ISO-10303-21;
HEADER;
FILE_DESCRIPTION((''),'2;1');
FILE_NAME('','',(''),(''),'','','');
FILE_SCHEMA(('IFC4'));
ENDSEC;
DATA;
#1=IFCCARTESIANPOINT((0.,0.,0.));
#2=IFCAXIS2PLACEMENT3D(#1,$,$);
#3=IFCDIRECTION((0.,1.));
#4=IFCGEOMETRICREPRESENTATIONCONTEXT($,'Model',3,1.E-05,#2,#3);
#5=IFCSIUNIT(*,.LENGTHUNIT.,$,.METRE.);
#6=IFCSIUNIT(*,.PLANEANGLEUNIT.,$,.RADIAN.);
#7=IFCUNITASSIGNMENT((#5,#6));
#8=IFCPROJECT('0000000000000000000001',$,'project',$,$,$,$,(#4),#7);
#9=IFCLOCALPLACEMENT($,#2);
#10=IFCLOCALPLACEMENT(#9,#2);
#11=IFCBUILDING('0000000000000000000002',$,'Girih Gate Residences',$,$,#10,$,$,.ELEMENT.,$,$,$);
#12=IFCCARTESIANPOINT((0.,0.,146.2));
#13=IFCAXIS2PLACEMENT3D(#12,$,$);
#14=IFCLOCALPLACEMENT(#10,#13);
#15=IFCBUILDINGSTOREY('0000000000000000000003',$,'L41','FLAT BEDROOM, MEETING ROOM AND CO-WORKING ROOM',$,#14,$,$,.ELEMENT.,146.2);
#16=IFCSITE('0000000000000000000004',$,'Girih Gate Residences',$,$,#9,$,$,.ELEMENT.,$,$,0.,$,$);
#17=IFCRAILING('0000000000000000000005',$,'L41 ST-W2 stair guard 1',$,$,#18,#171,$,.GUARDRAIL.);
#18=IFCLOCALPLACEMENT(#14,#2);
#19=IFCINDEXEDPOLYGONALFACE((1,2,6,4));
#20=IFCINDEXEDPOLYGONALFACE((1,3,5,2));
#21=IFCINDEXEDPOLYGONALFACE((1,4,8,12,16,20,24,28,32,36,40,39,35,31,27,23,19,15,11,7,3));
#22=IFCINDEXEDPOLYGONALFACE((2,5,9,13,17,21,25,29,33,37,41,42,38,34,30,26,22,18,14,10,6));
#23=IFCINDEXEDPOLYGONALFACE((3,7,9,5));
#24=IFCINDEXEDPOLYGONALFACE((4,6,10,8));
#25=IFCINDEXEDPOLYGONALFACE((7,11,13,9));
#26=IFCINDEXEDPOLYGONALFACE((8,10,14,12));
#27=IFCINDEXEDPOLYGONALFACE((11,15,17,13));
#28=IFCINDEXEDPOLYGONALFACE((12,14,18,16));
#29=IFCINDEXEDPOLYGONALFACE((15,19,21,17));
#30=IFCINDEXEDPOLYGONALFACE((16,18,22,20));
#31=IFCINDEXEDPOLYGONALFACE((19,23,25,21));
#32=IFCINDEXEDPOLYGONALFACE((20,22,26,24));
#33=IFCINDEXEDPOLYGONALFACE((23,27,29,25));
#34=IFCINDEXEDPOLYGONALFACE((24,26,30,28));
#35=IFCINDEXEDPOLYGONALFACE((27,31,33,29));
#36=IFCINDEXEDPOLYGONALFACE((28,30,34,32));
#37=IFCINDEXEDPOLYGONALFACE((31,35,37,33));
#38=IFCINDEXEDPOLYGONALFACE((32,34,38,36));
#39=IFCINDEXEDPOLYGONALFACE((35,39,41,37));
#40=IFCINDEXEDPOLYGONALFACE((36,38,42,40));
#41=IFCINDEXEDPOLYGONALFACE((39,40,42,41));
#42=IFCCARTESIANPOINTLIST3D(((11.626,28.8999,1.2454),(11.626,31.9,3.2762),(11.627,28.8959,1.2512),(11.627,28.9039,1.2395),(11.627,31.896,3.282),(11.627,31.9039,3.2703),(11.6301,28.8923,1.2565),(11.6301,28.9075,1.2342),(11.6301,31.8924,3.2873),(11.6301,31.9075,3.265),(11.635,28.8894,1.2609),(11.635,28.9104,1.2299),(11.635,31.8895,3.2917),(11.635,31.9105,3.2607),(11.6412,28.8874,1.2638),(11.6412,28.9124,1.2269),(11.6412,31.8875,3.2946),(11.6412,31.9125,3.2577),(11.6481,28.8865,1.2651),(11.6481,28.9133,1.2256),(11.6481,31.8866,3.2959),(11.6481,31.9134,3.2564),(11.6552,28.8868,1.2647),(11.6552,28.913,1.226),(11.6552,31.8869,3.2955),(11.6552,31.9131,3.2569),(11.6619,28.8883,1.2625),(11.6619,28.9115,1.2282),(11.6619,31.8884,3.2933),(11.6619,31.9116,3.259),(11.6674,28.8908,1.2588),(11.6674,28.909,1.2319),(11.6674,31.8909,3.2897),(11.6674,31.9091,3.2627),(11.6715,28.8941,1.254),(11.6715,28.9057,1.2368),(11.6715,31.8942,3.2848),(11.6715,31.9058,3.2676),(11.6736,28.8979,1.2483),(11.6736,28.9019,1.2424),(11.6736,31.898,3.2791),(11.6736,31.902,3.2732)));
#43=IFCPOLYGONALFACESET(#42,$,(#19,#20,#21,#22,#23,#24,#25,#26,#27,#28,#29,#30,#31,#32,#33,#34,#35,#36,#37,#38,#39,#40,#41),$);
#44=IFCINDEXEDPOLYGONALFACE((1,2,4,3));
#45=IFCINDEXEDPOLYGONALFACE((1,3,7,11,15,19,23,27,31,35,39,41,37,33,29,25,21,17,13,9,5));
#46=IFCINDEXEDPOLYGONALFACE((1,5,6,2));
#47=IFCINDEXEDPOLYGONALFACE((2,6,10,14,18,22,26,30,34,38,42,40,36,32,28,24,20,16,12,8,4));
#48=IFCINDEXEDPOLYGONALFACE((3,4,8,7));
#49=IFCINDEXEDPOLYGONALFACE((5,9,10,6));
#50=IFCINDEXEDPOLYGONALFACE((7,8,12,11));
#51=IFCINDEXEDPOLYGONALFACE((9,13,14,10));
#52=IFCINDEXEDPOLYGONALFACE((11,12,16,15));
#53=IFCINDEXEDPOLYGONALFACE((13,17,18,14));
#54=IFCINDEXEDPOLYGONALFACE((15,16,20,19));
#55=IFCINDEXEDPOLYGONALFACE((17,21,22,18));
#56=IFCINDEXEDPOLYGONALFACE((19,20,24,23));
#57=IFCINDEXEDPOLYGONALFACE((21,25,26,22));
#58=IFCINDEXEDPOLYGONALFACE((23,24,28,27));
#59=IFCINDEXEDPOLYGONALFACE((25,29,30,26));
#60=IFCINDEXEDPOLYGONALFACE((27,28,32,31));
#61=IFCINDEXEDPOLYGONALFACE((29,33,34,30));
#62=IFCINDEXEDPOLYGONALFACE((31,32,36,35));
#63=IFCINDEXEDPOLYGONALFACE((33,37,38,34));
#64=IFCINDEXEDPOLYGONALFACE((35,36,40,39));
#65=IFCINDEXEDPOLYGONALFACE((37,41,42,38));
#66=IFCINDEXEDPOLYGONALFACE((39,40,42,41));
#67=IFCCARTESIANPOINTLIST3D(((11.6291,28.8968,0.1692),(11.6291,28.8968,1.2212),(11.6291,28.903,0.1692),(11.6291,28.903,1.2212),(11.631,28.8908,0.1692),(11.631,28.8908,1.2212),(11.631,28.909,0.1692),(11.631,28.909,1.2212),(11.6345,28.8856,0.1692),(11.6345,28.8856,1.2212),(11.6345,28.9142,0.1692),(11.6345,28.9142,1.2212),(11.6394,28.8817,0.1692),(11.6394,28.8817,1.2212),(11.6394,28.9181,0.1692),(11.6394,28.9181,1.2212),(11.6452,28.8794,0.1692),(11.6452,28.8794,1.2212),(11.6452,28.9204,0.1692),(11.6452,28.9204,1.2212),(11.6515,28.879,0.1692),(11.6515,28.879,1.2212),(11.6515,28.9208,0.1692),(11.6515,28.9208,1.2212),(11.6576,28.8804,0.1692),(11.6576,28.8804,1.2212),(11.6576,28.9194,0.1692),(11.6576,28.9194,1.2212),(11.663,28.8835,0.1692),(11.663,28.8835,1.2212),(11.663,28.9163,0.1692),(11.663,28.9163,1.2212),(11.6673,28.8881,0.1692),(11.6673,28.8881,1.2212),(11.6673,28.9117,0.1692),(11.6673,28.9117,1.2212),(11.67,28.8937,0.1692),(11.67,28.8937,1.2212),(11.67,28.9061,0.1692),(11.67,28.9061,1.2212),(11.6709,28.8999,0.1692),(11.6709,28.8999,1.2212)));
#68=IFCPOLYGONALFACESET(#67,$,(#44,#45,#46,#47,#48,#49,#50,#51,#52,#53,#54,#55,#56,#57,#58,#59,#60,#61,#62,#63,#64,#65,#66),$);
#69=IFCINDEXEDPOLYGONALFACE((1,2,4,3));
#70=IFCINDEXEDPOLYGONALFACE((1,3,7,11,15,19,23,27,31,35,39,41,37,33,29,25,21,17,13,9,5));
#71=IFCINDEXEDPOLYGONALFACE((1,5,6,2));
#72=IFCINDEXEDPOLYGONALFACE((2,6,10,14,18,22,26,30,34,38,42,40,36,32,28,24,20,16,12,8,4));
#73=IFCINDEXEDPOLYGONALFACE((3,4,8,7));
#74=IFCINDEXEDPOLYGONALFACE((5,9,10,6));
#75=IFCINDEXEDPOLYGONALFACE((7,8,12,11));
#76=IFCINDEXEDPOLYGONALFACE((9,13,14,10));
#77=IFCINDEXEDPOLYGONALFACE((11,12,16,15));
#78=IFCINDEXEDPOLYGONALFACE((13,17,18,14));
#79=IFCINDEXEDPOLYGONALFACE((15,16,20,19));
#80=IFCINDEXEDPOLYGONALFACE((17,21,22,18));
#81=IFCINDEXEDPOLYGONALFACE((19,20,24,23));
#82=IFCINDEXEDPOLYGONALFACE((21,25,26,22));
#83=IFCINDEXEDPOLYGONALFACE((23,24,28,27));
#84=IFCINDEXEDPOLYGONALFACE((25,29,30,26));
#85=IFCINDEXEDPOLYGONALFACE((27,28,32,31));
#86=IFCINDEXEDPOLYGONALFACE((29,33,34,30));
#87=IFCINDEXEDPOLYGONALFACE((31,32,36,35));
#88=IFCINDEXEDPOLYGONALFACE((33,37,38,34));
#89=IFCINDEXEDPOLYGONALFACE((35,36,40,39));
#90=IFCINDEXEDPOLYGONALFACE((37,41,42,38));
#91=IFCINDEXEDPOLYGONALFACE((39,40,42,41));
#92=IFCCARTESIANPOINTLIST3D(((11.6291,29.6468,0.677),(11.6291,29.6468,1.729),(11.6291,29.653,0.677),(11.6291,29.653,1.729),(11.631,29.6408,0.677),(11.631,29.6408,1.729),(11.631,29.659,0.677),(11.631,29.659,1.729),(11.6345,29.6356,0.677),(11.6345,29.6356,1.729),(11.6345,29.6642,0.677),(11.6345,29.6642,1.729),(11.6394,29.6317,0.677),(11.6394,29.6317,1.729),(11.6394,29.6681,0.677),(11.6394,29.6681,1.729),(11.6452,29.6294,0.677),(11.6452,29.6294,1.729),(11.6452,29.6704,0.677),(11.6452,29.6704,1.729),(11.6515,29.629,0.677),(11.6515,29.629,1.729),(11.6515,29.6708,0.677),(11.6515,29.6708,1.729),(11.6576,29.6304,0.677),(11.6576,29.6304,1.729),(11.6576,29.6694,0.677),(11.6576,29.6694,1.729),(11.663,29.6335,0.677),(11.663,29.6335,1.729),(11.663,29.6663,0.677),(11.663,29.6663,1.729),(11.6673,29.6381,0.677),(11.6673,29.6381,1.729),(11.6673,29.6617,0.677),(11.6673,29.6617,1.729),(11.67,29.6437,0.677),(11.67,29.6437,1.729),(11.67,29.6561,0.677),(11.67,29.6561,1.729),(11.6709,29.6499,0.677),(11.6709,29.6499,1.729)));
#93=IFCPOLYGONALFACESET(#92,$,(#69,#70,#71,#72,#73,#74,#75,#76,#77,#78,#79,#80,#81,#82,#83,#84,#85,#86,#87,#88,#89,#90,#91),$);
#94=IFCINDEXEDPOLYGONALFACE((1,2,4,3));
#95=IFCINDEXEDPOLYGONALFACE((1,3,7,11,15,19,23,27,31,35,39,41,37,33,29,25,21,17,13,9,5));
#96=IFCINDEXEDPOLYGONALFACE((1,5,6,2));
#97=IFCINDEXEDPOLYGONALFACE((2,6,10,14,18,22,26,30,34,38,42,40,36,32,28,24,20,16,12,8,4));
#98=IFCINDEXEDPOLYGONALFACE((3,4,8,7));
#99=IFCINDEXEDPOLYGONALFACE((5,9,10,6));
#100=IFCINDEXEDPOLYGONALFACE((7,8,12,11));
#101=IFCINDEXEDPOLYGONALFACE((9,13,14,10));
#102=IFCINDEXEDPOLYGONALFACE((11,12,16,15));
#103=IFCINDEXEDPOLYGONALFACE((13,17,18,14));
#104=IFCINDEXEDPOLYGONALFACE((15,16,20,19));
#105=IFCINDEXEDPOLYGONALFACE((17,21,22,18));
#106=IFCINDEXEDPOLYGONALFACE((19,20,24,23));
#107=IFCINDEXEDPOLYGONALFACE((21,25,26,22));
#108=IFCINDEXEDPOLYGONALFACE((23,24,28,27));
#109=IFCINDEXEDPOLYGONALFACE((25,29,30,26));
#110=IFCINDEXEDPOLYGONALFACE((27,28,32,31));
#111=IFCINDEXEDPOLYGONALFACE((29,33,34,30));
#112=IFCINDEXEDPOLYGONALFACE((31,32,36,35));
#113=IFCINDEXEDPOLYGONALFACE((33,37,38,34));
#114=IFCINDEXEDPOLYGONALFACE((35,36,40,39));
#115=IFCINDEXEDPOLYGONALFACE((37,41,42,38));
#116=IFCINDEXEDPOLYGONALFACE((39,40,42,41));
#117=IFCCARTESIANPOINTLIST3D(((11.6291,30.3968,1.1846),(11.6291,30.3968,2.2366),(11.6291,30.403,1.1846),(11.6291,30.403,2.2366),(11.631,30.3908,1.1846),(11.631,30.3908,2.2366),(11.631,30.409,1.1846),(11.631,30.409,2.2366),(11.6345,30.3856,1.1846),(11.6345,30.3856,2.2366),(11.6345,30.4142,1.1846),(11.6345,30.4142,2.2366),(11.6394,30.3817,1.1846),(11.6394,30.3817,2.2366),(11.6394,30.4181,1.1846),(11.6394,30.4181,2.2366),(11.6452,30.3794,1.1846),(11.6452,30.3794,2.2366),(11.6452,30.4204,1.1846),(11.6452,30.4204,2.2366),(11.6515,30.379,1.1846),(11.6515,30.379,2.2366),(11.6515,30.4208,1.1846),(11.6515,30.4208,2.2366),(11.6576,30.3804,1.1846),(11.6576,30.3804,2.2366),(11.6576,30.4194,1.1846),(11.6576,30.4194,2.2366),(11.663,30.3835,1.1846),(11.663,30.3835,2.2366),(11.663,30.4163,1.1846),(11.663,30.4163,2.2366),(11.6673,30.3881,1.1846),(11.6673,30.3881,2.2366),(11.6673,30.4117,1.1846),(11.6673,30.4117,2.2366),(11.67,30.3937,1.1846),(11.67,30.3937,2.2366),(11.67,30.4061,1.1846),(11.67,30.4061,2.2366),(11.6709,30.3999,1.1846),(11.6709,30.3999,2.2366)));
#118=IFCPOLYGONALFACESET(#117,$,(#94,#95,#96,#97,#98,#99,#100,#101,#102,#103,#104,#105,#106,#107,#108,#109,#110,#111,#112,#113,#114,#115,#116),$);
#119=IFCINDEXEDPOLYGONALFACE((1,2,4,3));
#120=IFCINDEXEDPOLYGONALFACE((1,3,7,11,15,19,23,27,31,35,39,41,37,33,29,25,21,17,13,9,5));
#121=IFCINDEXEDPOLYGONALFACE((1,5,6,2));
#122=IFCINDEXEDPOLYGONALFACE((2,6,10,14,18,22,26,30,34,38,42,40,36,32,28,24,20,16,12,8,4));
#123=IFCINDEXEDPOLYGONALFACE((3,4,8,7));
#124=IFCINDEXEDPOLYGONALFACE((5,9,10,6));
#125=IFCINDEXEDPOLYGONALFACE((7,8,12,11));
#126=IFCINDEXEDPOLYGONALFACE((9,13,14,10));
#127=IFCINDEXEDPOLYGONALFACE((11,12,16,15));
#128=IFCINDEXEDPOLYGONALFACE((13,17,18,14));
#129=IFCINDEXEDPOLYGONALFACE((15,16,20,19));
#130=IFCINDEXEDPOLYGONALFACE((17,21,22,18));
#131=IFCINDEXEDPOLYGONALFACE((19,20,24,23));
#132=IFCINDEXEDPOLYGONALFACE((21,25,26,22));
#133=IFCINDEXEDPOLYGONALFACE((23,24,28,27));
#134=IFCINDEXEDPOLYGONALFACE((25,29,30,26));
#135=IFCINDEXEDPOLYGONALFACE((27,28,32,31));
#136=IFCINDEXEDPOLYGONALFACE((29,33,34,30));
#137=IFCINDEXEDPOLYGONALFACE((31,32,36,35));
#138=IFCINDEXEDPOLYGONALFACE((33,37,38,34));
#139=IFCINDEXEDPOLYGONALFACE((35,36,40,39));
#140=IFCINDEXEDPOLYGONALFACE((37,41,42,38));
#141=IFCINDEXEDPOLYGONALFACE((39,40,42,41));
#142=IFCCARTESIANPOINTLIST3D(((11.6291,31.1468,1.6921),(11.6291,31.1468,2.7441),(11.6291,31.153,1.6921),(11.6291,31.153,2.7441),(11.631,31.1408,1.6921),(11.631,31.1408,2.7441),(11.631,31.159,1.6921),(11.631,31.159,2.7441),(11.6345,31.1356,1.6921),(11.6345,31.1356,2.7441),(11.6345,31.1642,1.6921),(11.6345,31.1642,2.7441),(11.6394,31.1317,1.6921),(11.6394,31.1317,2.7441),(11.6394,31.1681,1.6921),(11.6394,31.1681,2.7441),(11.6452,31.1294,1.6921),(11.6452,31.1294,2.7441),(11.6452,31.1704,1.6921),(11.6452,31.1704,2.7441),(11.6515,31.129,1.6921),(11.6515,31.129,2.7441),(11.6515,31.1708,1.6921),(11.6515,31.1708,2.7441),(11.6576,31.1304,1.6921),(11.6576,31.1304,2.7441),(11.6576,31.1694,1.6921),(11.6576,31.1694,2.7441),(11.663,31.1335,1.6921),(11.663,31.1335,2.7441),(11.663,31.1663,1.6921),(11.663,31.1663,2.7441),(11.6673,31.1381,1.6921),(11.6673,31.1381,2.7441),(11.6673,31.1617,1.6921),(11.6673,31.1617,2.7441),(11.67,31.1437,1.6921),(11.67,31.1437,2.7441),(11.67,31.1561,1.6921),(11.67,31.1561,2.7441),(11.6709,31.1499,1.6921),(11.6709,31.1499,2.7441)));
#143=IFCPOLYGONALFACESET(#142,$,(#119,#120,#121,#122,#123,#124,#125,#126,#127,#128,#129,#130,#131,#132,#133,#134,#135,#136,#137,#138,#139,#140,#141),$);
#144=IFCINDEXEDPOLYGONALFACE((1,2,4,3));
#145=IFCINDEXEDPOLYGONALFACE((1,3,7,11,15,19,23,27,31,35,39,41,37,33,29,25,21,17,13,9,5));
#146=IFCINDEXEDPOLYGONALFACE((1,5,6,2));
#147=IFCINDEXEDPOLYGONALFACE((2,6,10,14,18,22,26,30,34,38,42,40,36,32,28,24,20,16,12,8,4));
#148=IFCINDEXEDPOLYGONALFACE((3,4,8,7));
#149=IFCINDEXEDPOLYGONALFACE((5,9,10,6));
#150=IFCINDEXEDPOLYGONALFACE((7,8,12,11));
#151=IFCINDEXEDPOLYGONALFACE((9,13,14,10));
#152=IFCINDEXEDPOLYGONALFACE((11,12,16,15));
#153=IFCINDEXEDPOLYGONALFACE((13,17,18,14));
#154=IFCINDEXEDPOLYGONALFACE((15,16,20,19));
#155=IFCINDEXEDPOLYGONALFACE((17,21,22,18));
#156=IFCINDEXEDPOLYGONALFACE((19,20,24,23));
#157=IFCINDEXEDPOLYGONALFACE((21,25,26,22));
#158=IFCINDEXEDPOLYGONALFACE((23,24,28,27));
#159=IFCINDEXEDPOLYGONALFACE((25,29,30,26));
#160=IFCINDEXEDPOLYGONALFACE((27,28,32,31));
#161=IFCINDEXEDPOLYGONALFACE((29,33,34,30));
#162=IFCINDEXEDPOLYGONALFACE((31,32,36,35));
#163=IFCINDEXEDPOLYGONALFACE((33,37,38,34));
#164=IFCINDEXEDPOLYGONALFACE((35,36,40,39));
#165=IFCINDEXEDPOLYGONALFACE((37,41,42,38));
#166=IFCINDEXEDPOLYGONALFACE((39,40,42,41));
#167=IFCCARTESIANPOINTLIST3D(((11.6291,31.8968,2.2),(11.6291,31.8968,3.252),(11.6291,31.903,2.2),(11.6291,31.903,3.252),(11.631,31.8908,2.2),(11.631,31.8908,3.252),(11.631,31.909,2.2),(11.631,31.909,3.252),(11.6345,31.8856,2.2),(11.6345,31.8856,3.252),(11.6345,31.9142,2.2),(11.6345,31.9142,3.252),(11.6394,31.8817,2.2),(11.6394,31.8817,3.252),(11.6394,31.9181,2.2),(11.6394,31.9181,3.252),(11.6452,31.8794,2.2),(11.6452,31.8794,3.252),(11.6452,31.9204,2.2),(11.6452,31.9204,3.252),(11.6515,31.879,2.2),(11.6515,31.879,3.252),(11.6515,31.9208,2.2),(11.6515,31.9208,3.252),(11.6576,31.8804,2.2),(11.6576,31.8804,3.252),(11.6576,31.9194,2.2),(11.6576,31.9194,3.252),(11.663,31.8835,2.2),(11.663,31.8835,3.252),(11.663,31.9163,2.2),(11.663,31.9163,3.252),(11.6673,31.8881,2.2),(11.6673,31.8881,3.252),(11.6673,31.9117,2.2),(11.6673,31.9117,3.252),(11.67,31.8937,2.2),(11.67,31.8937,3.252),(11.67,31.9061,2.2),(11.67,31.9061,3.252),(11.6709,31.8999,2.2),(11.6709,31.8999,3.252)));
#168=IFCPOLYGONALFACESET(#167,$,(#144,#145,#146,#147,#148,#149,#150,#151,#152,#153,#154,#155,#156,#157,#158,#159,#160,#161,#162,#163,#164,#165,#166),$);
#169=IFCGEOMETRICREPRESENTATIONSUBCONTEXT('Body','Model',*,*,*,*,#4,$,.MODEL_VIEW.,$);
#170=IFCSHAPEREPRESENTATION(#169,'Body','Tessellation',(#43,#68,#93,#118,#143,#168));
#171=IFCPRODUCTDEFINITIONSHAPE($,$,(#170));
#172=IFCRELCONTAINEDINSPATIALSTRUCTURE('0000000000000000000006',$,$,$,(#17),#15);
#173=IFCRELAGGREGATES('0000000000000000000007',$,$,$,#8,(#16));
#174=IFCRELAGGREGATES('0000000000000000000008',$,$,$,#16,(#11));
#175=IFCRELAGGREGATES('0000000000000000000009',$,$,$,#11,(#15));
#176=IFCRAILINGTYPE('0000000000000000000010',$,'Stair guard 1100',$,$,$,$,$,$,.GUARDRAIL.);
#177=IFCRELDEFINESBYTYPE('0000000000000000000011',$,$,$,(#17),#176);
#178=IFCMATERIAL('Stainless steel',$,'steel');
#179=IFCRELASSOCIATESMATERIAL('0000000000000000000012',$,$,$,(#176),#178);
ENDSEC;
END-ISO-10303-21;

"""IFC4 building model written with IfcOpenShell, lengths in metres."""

from ifc_helpers import new_model, si_unit, direction, frame, origin, origin_2d, place, context, subcontext, project, spatial, circle, extrude, material, type_object, element, save


model = new_model("IFC4")

# Units and contexts
model_context = context("Model", 3, precision=1e-05, world=origin(), true_north=direction((0.0, 1.0)))
body_context = subcontext(model_context, "Body", "Model", "MODEL_VIEW")
ifc_project = project(units=[si_unit("LENGTHUNIT", "METRE"), si_unit("PLANEANGLEUNIT", "RADIAN")], contexts=[model_context])

# Site, building, storey
site_placement = place(None, origin())
site = spatial("IfcSite", under=ifc_project, at=site_placement, Name="Girih Gate Residences", CompositionType="ELEMENT", RefElevation=0.0)
building_placement = place(site_placement, origin())
building = spatial("IfcBuilding", under=site, at=building_placement, Name="Girih Gate Residences", CompositionType="ELEMENT")
storey_placement = place(building_placement, frame((0.0, 0.0, 146.2)))
storey = spatial("IfcBuildingStorey", under=building, at=storey_placement, Name="L41", Description="FLAT BEDROOM, MEETING ROOM AND CO-WORKING ROOM", CompositionType="ELEMENT", Elevation=146.2)

# Railing
ifc_material_1 = material(Name="Stainless steel", Category="steel")
railing_type_1 = type_object("IfcRailingType", Name="Stair guard 1100", PredefinedType="GUARDRAIL", material=ifc_material_1)
railing_1_placement = place(storey_placement, frame((11.6499, 28.8999, 0.1692)))
element("IfcRailing", 1, at=railing_1_placement, inside=storey, type_object=railing_type_1, Name="L41 ST-W2 stair guard 1", PredefinedType="GUARDRAIL", context=body_context, shape_type="SweptSolid", body=[
    extrude(circle(Radius=0.0239, at=origin_2d()), frame((0.0, 0.0, 1.0762), z_axis=(0.0, 0.82811, 0.560565), x_axis=(-1.0, 0.0, 0.0)), (0.0, 0.0, 1.0), 3.6228),
    extrude(circle(Radius=0.021, at=origin_2d()), origin(), (0.0, 0.0, 1.0), 1.052),
    extrude(circle(Radius=0.021, at=origin_2d()), frame((0.0, 0.75, 0.5078)), (0.0, 0.0, 1.0), 1.052),
    extrude(circle(Radius=0.021, at=origin_2d()), frame((0.0, 1.5, 1.0154)), (0.0, 0.0, 1.0), 1.052),
    extrude(circle(Radius=0.021, at=origin_2d()), frame((0.0, 2.25, 1.5229)), (0.0, 0.0, 1.0), 1.052),
    extrude(circle(Radius=0.021, at=origin_2d()), frame((0.0, 3.0, 2.0308)), (0.0, 0.0, 1.0), 1.052),
])

save(model, "model.ifc")
